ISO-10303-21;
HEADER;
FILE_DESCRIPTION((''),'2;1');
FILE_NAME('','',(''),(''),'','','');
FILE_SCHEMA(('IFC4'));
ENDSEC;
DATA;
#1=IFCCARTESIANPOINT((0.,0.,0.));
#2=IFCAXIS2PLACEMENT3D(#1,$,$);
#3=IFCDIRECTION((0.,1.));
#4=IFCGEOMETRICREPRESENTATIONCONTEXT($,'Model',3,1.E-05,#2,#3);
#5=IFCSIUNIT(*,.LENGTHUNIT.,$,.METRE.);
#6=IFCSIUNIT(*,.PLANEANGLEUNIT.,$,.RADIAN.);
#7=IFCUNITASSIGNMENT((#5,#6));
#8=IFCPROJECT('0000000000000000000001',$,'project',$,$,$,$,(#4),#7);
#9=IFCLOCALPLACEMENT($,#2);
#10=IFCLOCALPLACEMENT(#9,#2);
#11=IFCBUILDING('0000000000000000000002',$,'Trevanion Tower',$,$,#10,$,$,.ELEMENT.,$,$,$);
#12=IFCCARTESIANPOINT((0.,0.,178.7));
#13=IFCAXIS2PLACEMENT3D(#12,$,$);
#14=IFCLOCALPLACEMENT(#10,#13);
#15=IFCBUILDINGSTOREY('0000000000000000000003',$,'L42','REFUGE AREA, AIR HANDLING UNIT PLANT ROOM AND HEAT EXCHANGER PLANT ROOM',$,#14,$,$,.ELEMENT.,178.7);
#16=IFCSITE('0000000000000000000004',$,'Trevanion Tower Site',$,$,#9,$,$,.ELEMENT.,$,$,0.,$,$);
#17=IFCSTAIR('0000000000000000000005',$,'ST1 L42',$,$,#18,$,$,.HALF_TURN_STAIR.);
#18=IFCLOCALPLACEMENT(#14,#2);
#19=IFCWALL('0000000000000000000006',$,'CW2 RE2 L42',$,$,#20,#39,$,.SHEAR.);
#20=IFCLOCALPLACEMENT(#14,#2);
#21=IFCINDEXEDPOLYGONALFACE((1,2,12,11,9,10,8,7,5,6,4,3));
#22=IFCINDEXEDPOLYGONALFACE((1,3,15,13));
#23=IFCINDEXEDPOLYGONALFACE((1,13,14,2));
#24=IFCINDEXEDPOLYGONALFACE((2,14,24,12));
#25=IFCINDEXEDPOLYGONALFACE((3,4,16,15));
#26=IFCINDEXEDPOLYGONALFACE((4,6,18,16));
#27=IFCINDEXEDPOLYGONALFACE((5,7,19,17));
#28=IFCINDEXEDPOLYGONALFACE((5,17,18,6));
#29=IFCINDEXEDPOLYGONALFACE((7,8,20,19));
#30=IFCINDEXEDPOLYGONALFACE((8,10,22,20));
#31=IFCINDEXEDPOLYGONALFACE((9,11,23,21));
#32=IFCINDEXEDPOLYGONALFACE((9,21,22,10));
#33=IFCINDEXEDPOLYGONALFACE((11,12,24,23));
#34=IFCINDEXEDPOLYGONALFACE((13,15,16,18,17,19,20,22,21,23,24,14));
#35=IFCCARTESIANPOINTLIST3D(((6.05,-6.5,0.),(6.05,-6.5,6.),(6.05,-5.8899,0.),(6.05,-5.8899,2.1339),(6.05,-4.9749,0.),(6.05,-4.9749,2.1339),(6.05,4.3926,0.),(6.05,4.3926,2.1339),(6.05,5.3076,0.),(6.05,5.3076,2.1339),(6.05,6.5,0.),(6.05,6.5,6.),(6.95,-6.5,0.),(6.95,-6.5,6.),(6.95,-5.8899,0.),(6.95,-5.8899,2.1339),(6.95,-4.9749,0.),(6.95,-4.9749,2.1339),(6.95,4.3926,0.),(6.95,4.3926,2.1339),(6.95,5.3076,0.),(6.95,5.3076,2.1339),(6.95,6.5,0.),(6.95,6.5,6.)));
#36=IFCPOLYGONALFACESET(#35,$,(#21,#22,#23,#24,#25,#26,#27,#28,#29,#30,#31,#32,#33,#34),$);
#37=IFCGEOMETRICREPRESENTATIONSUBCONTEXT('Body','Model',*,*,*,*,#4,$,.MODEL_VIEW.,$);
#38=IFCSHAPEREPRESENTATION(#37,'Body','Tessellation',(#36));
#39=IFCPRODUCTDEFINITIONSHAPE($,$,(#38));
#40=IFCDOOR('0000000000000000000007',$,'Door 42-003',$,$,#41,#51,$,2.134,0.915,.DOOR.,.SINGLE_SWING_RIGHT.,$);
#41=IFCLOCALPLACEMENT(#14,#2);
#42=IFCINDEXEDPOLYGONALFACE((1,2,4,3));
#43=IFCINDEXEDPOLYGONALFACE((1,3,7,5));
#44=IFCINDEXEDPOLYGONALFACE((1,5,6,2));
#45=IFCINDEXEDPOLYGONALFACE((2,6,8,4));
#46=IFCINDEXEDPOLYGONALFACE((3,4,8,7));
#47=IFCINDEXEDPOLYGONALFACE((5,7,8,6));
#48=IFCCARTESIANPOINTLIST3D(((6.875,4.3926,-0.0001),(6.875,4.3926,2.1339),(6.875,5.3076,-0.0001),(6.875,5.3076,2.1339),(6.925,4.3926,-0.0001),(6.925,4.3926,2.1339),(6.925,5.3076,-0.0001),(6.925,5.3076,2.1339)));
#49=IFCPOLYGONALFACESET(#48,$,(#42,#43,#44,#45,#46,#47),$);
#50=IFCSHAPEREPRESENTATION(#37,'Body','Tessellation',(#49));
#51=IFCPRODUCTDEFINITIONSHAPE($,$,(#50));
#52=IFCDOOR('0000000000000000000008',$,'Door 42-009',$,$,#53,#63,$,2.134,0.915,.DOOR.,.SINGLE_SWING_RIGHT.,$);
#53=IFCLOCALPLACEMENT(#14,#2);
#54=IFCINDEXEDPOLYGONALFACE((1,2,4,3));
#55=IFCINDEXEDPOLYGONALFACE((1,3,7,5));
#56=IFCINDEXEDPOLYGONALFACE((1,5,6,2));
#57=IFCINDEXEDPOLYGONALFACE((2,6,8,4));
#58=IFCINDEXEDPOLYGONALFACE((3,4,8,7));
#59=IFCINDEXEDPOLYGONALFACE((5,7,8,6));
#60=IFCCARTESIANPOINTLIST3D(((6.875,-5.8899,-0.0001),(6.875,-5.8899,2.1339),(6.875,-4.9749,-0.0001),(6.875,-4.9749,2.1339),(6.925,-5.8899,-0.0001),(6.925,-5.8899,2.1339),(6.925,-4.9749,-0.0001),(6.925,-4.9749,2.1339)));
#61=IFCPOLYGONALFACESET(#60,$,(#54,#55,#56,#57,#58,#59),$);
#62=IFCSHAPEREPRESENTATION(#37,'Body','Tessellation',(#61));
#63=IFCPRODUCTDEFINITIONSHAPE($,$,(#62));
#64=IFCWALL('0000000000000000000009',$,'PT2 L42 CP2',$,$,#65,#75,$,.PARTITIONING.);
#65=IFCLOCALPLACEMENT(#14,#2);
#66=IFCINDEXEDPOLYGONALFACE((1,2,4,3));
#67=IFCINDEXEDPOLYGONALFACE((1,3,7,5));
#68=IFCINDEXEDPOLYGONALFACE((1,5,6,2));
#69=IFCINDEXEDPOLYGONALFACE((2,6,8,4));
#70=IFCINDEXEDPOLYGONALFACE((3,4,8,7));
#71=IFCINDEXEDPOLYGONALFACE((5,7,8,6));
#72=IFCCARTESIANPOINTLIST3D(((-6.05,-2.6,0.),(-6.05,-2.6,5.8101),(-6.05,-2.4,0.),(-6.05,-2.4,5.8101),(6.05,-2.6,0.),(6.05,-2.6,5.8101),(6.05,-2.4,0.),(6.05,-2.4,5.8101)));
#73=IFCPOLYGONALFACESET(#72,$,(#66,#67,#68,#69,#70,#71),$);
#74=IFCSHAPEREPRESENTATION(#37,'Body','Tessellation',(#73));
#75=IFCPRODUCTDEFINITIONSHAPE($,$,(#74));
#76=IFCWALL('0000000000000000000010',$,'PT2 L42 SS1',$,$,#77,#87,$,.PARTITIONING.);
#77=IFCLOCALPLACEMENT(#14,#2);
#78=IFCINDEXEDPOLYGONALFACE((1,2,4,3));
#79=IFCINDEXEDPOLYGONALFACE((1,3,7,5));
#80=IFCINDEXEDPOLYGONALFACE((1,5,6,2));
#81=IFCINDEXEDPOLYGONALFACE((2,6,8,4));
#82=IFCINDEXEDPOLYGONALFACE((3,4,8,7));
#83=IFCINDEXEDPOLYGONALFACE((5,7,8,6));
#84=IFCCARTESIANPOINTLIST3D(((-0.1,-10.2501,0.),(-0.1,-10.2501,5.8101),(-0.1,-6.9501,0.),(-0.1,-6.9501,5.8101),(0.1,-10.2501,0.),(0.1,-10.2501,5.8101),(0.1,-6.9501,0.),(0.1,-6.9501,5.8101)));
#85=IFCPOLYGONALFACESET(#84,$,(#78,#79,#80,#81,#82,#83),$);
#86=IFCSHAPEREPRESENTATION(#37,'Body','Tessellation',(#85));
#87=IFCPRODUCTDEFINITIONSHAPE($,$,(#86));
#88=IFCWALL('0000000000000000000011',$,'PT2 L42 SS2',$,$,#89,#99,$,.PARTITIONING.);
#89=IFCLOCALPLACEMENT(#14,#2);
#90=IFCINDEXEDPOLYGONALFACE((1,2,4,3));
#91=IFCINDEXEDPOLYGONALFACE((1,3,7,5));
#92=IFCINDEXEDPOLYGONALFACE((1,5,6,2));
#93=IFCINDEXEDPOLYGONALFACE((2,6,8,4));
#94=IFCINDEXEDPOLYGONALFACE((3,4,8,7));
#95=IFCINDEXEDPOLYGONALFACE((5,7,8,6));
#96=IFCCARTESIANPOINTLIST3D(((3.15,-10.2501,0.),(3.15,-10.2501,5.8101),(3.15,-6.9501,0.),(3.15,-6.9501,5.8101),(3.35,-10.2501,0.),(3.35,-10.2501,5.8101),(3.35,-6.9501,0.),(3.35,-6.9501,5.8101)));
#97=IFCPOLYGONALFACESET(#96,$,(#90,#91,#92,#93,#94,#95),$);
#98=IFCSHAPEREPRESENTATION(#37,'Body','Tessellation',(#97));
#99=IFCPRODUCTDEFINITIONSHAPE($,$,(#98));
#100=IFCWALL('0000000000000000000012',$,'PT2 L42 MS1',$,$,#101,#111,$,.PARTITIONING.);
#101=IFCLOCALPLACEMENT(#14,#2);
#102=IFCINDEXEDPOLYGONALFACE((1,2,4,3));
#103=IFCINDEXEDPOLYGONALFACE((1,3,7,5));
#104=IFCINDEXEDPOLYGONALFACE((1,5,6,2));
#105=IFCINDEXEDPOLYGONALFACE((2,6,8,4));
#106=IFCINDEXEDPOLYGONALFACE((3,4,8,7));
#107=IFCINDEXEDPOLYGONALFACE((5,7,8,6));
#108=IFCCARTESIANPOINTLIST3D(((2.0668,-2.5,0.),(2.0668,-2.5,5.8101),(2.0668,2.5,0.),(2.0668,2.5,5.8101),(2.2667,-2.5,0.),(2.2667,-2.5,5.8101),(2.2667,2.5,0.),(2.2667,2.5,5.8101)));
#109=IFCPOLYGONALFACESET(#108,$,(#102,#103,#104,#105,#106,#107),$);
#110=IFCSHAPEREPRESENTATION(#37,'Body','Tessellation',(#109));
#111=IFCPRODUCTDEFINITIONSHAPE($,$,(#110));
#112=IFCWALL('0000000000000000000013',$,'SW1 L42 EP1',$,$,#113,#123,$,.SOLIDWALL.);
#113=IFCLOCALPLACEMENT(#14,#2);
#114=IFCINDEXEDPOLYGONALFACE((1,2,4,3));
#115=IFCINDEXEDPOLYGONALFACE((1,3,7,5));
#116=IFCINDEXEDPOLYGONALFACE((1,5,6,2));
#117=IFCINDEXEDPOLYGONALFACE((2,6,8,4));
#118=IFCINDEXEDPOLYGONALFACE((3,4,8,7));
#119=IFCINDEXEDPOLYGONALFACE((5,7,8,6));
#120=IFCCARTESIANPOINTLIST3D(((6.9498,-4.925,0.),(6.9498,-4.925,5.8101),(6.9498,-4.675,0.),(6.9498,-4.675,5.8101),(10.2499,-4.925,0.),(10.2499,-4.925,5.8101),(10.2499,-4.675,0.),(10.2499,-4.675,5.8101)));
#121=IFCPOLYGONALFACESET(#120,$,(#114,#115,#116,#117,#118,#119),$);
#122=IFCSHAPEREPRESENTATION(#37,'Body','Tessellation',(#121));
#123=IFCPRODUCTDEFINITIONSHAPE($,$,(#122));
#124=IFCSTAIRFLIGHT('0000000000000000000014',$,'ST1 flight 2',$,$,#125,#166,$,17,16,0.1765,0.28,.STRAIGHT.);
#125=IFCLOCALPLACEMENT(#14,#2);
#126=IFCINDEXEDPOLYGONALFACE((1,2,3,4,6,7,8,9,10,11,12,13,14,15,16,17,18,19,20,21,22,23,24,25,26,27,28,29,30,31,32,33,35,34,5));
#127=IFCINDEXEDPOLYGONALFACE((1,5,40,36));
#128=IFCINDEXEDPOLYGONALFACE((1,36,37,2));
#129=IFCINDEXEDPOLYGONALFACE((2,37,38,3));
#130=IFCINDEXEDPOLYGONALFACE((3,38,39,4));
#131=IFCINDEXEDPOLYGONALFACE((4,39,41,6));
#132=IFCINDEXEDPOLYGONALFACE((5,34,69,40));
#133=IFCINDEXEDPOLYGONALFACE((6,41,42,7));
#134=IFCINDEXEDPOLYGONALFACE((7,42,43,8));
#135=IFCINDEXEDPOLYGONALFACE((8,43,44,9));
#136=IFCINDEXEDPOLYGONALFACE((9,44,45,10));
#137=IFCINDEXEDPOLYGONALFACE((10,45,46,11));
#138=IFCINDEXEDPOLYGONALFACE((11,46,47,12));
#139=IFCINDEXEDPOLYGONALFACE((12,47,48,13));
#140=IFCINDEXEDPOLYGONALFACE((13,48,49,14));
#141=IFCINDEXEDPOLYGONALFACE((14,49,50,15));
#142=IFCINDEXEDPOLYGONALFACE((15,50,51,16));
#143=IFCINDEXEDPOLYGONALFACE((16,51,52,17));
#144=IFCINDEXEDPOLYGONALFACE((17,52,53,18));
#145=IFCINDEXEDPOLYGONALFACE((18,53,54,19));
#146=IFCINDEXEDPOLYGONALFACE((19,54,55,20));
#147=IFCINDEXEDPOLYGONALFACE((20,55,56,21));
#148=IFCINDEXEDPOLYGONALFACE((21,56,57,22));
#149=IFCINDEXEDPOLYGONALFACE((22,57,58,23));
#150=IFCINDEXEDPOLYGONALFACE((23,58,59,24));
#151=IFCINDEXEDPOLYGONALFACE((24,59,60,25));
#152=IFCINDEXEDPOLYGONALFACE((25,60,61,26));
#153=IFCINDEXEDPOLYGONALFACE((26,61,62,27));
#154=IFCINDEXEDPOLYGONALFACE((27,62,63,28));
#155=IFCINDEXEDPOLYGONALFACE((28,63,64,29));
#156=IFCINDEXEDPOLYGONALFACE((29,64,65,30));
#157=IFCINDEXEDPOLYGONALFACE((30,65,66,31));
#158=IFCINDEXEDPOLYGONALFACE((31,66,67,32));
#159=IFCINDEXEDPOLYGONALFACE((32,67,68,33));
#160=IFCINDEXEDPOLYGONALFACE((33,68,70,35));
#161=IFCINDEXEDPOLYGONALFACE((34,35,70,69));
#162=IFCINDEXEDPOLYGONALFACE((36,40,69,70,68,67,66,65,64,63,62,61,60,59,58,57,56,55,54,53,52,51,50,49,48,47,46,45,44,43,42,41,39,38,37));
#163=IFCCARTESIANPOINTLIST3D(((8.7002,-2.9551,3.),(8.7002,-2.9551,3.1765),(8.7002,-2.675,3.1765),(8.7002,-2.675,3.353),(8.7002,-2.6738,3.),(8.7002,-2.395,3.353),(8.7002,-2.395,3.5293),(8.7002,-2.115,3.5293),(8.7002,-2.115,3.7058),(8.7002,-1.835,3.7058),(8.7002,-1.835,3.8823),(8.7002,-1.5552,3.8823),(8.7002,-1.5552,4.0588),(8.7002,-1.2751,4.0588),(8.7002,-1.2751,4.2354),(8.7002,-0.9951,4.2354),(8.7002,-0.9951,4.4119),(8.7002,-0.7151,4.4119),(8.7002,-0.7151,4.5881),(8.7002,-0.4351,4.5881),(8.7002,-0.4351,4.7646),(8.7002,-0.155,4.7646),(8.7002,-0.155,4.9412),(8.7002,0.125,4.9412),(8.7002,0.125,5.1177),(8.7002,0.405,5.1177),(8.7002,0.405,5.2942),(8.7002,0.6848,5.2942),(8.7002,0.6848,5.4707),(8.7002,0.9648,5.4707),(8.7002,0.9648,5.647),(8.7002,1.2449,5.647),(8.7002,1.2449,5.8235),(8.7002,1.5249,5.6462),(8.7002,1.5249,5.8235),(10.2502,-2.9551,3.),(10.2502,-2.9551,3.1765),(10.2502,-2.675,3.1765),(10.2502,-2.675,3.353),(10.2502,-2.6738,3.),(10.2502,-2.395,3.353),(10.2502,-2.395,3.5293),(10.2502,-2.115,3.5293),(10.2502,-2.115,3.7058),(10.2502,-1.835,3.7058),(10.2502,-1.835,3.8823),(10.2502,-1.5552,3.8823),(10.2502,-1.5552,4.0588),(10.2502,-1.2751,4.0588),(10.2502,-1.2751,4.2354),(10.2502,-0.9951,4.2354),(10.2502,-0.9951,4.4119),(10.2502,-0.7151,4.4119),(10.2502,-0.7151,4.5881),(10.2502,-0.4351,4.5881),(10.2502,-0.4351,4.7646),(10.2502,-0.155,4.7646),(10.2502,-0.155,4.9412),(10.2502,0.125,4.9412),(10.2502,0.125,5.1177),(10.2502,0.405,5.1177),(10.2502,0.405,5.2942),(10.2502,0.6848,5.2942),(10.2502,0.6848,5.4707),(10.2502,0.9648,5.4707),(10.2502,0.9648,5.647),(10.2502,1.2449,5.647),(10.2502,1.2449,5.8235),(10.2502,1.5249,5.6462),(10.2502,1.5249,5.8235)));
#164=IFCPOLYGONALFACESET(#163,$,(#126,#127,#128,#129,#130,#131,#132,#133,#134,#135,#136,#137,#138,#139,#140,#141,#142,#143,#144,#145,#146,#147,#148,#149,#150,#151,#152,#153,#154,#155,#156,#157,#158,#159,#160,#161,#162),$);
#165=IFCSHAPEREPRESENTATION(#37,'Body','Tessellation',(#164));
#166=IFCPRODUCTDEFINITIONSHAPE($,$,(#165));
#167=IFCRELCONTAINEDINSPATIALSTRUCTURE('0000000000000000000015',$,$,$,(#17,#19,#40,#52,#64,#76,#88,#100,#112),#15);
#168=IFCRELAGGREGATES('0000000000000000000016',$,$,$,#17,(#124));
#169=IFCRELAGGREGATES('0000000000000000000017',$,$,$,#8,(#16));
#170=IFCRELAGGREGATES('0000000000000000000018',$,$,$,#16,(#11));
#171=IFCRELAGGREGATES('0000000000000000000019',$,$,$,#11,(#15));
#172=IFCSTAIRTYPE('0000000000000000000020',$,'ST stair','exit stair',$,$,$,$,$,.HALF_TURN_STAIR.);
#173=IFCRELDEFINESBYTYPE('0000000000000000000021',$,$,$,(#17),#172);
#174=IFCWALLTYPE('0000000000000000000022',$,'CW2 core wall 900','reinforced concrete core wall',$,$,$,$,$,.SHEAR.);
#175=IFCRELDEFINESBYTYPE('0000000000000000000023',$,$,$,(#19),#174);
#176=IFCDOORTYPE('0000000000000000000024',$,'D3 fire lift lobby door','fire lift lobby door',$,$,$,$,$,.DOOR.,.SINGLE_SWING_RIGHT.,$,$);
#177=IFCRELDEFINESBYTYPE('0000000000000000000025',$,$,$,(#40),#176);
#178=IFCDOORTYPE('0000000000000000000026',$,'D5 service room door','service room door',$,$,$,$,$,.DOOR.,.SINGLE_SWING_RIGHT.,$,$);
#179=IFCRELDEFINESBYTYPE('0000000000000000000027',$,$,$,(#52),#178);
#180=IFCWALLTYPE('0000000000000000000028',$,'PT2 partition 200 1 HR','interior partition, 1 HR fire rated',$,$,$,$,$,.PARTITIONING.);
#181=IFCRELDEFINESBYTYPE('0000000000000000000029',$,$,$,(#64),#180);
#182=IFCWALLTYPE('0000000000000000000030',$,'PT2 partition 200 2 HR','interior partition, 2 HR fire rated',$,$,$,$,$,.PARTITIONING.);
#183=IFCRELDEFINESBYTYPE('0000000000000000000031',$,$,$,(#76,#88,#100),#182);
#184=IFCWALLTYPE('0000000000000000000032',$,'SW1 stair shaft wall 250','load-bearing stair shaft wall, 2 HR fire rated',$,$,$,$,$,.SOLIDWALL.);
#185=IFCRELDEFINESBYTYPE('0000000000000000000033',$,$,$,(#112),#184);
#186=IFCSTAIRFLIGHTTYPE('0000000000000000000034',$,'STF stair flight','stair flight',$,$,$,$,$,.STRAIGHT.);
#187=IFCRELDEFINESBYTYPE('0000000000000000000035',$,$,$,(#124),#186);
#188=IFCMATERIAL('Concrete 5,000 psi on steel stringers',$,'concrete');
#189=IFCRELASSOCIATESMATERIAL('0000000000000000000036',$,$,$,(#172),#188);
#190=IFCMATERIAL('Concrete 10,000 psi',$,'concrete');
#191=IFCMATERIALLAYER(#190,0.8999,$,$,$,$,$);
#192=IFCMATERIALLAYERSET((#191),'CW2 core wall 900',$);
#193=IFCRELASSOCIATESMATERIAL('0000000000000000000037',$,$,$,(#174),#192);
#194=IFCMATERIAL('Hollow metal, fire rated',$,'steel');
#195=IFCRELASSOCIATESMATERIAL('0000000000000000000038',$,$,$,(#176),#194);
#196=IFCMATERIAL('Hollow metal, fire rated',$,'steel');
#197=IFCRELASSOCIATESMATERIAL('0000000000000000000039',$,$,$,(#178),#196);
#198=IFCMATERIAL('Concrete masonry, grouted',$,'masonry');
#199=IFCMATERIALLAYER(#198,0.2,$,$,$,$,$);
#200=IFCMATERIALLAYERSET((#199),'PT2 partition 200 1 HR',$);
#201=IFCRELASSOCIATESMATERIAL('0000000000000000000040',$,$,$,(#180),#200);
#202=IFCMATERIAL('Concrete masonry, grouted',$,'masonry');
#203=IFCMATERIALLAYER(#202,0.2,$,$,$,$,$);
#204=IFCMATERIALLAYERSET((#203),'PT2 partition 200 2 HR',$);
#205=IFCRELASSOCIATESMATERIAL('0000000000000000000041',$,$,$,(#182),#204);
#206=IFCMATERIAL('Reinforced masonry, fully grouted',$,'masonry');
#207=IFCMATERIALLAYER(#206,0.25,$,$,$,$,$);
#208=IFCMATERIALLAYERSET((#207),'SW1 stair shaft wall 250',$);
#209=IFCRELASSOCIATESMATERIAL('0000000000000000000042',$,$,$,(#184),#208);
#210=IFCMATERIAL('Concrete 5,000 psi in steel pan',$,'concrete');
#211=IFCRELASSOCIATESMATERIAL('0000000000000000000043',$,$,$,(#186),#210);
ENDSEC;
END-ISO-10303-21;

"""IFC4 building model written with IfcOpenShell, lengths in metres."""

from ifc_helpers import new_model, si_unit, direction, frame, frame_2d, origin, place, context, subcontext, project, spatial, polyline, rectangle, outline, extrude, material, layer, layer_set, type_object, element, fill, aggregate, save


model = new_model("IFC4")

# Units and contexts
model_context = context("Model", 3, precision=1e-05, world=origin(), true_north=direction((0.0, 1.0)))
body_context = subcontext(model_context, "Body", "Model", "MODEL_VIEW")
ifc_project = project(units=[si_unit("LENGTHUNIT", "METRE"), si_unit("PLANEANGLEUNIT", "RADIAN")], contexts=[model_context])

# Site, building, storey
site_placement = place(None, origin())
site = spatial("IfcSite", under=ifc_project, at=site_placement, Name="Trevanion Tower Site", CompositionType="ELEMENT", RefElevation=0.0)
building_placement = place(site_placement, origin())
building = spatial("IfcBuilding", under=site, at=building_placement, Name="Trevanion Tower", CompositionType="ELEMENT")
storey_placement = place(building_placement, frame((0.0, 0.0, 178.7)))
storey = spatial("IfcBuildingStorey", under=building, at=storey_placement, Name="L42", Description="REFUGE AREA, AIR HANDLING UNIT PLANT ROOM AND HEAT EXCHANGER PLANT ROOM", CompositionType="ELEMENT", Elevation=178.7)

# Stair
ifc_material_1 = material(Name="Concrete 5,000 psi on steel stringers", Category="concrete")
stair_type = type_object("IfcStairType", Name="ST stair", Description="exit stair", PredefinedType="HALF_TURN_STAIR", material=ifc_material_1)
stair_placement = place(storey_placement, origin())
stair = element("IfcStair", 1, at=stair_placement, inside=storey, type_object=stair_type, Name="ST1 L42", PredefinedType="HALF_TURN_STAIR")

# Wall, openings, doors
ifc_material_2 = material(Name="Concrete 10,000 psi", Category="concrete")
ifc_layer_1 = layer(ifc_material_2, 0.8999)
ifc_layer_set_1 = layer_set([ifc_layer_1], Name="CW2 core wall 900")
wall_type_1 = type_object("IfcWallType", Name="CW2 core wall 900", Description="reinforced concrete core wall", PredefinedType="SHEAR", material=ifc_layer_set_1)
wall_1_placement = place(storey_placement, frame((6.5, -6.5, 0.0), z_axis=(0.0, 0.0, 1.0), x_axis=(0.0, 1.0, 0.0)))
wall_1 = element("IfcWall", 2, at=wall_1_placement, inside=storey, type_object=wall_type_1, Name="CW2 RE2 L42", PredefinedType="SHEAR", context=body_context, shape_type="SweptSolid", body=[
    extrude(rectangle(XDim=13.0, YDim=0.8999, at=frame_2d((6.5, 0.0))), origin(), (0.0, 0.0, 1.0), 6.0),
])
opening_1_placement = place(wall_1_placement, frame((10.8926, 0.0, 0.0)))
opening_1 = element("IfcOpeningElement", 3, at=opening_1_placement, cuts=wall_1, PredefinedType="OPENING", context=body_context, shape_type="SweptSolid", body=[
    extrude(rectangle(XDim=0.915, YDim=2.134, at=frame_2d((0.4575, 1.0669))), frame((0.0, 0.46, 0.0), z_axis=(0.0, -1.0, 0.0), x_axis=(1.0, 0.0, 0.0)), (0.0, 0.0, 1.0), 0.9199),
])
opening_2_placement = place(wall_1_placement, frame((0.6101, 0.0, 0.0)))
opening_2 = element("IfcOpeningElement", 4, at=opening_2_placement, cuts=wall_1, PredefinedType="OPENING", context=body_context, shape_type="SweptSolid", body=[
    extrude(rectangle(XDim=0.915, YDim=2.134, at=frame_2d((0.4575, 1.0669))), frame((0.0, 0.46, 0.0), z_axis=(0.0, -1.0, 0.0), x_axis=(1.0, 0.0, 0.0)), (0.0, 0.0, 1.0), 0.9199),
])
ifc_material_3 = material(Name="Hollow metal, fire rated", Category="steel")
door_type_1 = type_object("IfcDoorType", Name="D3 fire lift lobby door", Description="fire lift lobby door", OperationType="SINGLE_SWING_RIGHT", PredefinedType="DOOR", material=ifc_material_3)
door_1_placement = place(opening_1_placement, origin())
door_1 = element("IfcDoor", 5, at=door_1_placement, inside=storey, type_object=door_type_1, Name="Door 42-003", OperationType="SINGLE_SWING_RIGHT", OverallHeight=2.134, OverallWidth=0.915, PredefinedType="DOOR", context=body_context, shape_type="SweptSolid", body=[
    extrude(rectangle(XDim=0.915, YDim=2.134, at=frame_2d((0.4575, 1.0669))), frame((0.0, -0.375, 0.0), z_axis=(0.0, -1.0, 0.0), x_axis=(1.0, 0.0, 0.0)), (0.0, 0.0, 1.0), 0.05),
])
fill(opening_1, door_1)
ifc_material_4 = material(Name="Hollow metal, fire rated", Category="steel")
door_type_2 = type_object("IfcDoorType", Name="D5 service room door", Description="service room door", OperationType="SINGLE_SWING_RIGHT", PredefinedType="DOOR", material=ifc_material_4)
door_2_placement = place(opening_2_placement, origin())
door_2 = element("IfcDoor", 6, at=door_2_placement, inside=storey, type_object=door_type_2, Name="Door 42-009", OperationType="SINGLE_SWING_RIGHT", OverallHeight=2.134, OverallWidth=0.915, PredefinedType="DOOR", context=body_context, shape_type="SweptSolid", body=[
    extrude(rectangle(XDim=0.915, YDim=2.134, at=frame_2d((0.4575, 1.0669))), frame((0.0, -0.375, 0.0), z_axis=(0.0, -1.0, 0.0), x_axis=(1.0, 0.0, 0.0)), (0.0, 0.0, 1.0), 0.05),
])
fill(opening_2, door_2)

# Walls
ifc_material_5 = material(Name="Concrete masonry, grouted", Category="masonry")
ifc_layer_2 = layer(ifc_material_5, 0.2)
ifc_layer_set_2 = layer_set([ifc_layer_2], Name="PT2 partition 200 1 HR")
wall_type_2 = type_object("IfcWallType", Name="PT2 partition 200 1 HR", Description="interior partition, 1 HR fire rated", PredefinedType="PARTITIONING", material=ifc_layer_set_2)
wall_2_placement = place(storey_placement, frame((6.05, -2.5, 0.0), z_axis=(0.0, 0.0, 1.0), x_axis=(-1.0, 0.0, 0.0)))
element("IfcWall", 7, at=wall_2_placement, inside=storey, type_object=wall_type_2, Name="PT2 L42 CP2", PredefinedType="PARTITIONING", context=body_context, shape_type="SweptSolid", body=[
    extrude(rectangle(XDim=12.1001, YDim=0.2, at=frame_2d((6.05, 0.0))), origin(), (0.0, 0.0, 1.0), 5.8101),
])
ifc_material_6 = material(Name="Concrete masonry, grouted", Category="masonry")
ifc_layer_3 = layer(ifc_material_6, 0.2)
ifc_layer_set_3 = layer_set([ifc_layer_3], Name="PT2 partition 200 2 HR")
wall_type_3 = type_object("IfcWallType", Name="PT2 partition 200 2 HR", Description="interior partition, 2 HR fire rated", PredefinedType="PARTITIONING", material=ifc_layer_set_3)
for number, where, z_axis, x_axis, name in (
    (8, (0.0, -10.25, 0.0), (0.0, 0.0, 1.0), (0.0, 1.0, 0.0), "PT2 L42 SS1"),
    (9, (3.25, -10.25, 0.0), (0.0, 0.0, 1.0), (0.0, 1.0, 0.0), "PT2 L42 SS2"),
):
    element("IfcWall", number, at=place(storey_placement, frame(where, z_axis=z_axis, x_axis=x_axis)), inside=storey, type_object=wall_type_3, Name=name, PredefinedType="PARTITIONING", context=body_context, shape_type="SweptSolid", body=[
        extrude(rectangle(XDim=3.3, YDim=0.2, at=frame_2d((1.6499, 0.0))), origin(), (0.0, 0.0, 1.0), 5.8101),
    ])
wall_3_placement = place(storey_placement, frame((2.1667, -2.5, 0.0), z_axis=(0.0, 0.0, 1.0), x_axis=(0.0, 1.0, 0.0)))
element("IfcWall", 10, at=wall_3_placement, inside=storey, type_object=wall_type_3, Name="PT2 L42 MS1", PredefinedType="PARTITIONING", context=body_context, shape_type="SweptSolid", body=[
    extrude(rectangle(XDim=5.0, YDim=0.2, at=frame_2d((2.5, 0.0))), origin(), (0.0, 0.0, 1.0), 5.8101),
])
ifc_material_7 = material(Name="Reinforced masonry, fully grouted", Category="masonry")
ifc_layer_4 = layer(ifc_material_7, 0.25)
ifc_layer_set_4 = layer_set([ifc_layer_4], Name="SW1 stair shaft wall 250")
wall_type_4 = type_object("IfcWallType", Name="SW1 stair shaft wall 250", Description="load-bearing stair shaft wall, 2 HR fire rated", PredefinedType="SOLIDWALL", material=ifc_layer_set_4)
wall_4_placement = place(storey_placement, frame((6.95, -4.8, 0.0), z_axis=(0.0, 0.0, 1.0), x_axis=(1.0, 0.0, 0.0)))
element("IfcWall", 11, at=wall_4_placement, inside=storey, type_object=wall_type_4, Name="SW1 L42 EP1", PredefinedType="SOLIDWALL", context=body_context, shape_type="SweptSolid", body=[
    extrude(rectangle(XDim=3.3, YDim=0.25, at=frame_2d((1.6499, 0.0))), origin(), (0.0, 0.0, 1.0), 5.8101),
])

# Stair flight
ifc_material_8 = material(Name="Concrete 5,000 psi in steel pan", Category="concrete")
stair_flight_type = type_object("IfcStairFlightType", Name="STF stair flight", Description="stair flight", PredefinedType="STRAIGHT", material=ifc_material_8)
stair_flight_placement = place(storey_placement, frame((9.4751, -2.9551, 3.0), z_axis=(0.0, 0.0, 1.0), x_axis=(0.0, 1.0, 0.0)))
stair_flight = element("IfcStairFlight", 12, at=stair_flight_placement, type_object=stair_flight_type, Name="ST1 flight 2", NumberOfRisers=17, NumberOfTreads=16, PredefinedType="STRAIGHT", RiserHeight=0.1765, TreadLength=0.28, context=body_context, shape_type="SweptSolid", body=[
    extrude(outline(polyline([(0.0, 0.0), (0.0, 0.1765), (0.28, 0.1765), (0.28, 0.353), (0.5601, 0.353), (0.5601, 0.5293), (0.8401, 0.5293), (0.8401, 0.7058), (1.1201, 0.7058), (1.1201, 0.8823), (1.3999, 0.8823), (1.3999, 1.0588), (1.6799, 1.0588), (1.6799, 1.2354), (1.96, 1.2354), (1.96, 1.4119), (2.24, 1.4119), (2.24, 1.5881), (2.52, 1.5881), (2.52, 1.7646), (2.8, 1.7646), (2.8, 1.9412), (3.0801, 1.9412), (3.0801, 2.1177), (3.3601, 2.1177), (3.3601, 2.2942), (3.6399, 2.2942), (3.6399, 2.4707), (3.9199, 2.4707), (3.9199, 2.647), (4.2, 2.647), (4.2, 2.8235), (4.48, 2.8235), (4.48, 3.0), (4.48, 2.6462), (0.2812, 0.0), (0.0, 0.0)])), frame((0.0, 0.7749, 0.0), z_axis=(0.0, -1.0, 0.0), x_axis=(1.0, 0.0, 0.0)), (0.0, 0.0, 1.0), 1.55),
])
aggregate(stair, [stair_flight])

save(model, "model.ifc")
